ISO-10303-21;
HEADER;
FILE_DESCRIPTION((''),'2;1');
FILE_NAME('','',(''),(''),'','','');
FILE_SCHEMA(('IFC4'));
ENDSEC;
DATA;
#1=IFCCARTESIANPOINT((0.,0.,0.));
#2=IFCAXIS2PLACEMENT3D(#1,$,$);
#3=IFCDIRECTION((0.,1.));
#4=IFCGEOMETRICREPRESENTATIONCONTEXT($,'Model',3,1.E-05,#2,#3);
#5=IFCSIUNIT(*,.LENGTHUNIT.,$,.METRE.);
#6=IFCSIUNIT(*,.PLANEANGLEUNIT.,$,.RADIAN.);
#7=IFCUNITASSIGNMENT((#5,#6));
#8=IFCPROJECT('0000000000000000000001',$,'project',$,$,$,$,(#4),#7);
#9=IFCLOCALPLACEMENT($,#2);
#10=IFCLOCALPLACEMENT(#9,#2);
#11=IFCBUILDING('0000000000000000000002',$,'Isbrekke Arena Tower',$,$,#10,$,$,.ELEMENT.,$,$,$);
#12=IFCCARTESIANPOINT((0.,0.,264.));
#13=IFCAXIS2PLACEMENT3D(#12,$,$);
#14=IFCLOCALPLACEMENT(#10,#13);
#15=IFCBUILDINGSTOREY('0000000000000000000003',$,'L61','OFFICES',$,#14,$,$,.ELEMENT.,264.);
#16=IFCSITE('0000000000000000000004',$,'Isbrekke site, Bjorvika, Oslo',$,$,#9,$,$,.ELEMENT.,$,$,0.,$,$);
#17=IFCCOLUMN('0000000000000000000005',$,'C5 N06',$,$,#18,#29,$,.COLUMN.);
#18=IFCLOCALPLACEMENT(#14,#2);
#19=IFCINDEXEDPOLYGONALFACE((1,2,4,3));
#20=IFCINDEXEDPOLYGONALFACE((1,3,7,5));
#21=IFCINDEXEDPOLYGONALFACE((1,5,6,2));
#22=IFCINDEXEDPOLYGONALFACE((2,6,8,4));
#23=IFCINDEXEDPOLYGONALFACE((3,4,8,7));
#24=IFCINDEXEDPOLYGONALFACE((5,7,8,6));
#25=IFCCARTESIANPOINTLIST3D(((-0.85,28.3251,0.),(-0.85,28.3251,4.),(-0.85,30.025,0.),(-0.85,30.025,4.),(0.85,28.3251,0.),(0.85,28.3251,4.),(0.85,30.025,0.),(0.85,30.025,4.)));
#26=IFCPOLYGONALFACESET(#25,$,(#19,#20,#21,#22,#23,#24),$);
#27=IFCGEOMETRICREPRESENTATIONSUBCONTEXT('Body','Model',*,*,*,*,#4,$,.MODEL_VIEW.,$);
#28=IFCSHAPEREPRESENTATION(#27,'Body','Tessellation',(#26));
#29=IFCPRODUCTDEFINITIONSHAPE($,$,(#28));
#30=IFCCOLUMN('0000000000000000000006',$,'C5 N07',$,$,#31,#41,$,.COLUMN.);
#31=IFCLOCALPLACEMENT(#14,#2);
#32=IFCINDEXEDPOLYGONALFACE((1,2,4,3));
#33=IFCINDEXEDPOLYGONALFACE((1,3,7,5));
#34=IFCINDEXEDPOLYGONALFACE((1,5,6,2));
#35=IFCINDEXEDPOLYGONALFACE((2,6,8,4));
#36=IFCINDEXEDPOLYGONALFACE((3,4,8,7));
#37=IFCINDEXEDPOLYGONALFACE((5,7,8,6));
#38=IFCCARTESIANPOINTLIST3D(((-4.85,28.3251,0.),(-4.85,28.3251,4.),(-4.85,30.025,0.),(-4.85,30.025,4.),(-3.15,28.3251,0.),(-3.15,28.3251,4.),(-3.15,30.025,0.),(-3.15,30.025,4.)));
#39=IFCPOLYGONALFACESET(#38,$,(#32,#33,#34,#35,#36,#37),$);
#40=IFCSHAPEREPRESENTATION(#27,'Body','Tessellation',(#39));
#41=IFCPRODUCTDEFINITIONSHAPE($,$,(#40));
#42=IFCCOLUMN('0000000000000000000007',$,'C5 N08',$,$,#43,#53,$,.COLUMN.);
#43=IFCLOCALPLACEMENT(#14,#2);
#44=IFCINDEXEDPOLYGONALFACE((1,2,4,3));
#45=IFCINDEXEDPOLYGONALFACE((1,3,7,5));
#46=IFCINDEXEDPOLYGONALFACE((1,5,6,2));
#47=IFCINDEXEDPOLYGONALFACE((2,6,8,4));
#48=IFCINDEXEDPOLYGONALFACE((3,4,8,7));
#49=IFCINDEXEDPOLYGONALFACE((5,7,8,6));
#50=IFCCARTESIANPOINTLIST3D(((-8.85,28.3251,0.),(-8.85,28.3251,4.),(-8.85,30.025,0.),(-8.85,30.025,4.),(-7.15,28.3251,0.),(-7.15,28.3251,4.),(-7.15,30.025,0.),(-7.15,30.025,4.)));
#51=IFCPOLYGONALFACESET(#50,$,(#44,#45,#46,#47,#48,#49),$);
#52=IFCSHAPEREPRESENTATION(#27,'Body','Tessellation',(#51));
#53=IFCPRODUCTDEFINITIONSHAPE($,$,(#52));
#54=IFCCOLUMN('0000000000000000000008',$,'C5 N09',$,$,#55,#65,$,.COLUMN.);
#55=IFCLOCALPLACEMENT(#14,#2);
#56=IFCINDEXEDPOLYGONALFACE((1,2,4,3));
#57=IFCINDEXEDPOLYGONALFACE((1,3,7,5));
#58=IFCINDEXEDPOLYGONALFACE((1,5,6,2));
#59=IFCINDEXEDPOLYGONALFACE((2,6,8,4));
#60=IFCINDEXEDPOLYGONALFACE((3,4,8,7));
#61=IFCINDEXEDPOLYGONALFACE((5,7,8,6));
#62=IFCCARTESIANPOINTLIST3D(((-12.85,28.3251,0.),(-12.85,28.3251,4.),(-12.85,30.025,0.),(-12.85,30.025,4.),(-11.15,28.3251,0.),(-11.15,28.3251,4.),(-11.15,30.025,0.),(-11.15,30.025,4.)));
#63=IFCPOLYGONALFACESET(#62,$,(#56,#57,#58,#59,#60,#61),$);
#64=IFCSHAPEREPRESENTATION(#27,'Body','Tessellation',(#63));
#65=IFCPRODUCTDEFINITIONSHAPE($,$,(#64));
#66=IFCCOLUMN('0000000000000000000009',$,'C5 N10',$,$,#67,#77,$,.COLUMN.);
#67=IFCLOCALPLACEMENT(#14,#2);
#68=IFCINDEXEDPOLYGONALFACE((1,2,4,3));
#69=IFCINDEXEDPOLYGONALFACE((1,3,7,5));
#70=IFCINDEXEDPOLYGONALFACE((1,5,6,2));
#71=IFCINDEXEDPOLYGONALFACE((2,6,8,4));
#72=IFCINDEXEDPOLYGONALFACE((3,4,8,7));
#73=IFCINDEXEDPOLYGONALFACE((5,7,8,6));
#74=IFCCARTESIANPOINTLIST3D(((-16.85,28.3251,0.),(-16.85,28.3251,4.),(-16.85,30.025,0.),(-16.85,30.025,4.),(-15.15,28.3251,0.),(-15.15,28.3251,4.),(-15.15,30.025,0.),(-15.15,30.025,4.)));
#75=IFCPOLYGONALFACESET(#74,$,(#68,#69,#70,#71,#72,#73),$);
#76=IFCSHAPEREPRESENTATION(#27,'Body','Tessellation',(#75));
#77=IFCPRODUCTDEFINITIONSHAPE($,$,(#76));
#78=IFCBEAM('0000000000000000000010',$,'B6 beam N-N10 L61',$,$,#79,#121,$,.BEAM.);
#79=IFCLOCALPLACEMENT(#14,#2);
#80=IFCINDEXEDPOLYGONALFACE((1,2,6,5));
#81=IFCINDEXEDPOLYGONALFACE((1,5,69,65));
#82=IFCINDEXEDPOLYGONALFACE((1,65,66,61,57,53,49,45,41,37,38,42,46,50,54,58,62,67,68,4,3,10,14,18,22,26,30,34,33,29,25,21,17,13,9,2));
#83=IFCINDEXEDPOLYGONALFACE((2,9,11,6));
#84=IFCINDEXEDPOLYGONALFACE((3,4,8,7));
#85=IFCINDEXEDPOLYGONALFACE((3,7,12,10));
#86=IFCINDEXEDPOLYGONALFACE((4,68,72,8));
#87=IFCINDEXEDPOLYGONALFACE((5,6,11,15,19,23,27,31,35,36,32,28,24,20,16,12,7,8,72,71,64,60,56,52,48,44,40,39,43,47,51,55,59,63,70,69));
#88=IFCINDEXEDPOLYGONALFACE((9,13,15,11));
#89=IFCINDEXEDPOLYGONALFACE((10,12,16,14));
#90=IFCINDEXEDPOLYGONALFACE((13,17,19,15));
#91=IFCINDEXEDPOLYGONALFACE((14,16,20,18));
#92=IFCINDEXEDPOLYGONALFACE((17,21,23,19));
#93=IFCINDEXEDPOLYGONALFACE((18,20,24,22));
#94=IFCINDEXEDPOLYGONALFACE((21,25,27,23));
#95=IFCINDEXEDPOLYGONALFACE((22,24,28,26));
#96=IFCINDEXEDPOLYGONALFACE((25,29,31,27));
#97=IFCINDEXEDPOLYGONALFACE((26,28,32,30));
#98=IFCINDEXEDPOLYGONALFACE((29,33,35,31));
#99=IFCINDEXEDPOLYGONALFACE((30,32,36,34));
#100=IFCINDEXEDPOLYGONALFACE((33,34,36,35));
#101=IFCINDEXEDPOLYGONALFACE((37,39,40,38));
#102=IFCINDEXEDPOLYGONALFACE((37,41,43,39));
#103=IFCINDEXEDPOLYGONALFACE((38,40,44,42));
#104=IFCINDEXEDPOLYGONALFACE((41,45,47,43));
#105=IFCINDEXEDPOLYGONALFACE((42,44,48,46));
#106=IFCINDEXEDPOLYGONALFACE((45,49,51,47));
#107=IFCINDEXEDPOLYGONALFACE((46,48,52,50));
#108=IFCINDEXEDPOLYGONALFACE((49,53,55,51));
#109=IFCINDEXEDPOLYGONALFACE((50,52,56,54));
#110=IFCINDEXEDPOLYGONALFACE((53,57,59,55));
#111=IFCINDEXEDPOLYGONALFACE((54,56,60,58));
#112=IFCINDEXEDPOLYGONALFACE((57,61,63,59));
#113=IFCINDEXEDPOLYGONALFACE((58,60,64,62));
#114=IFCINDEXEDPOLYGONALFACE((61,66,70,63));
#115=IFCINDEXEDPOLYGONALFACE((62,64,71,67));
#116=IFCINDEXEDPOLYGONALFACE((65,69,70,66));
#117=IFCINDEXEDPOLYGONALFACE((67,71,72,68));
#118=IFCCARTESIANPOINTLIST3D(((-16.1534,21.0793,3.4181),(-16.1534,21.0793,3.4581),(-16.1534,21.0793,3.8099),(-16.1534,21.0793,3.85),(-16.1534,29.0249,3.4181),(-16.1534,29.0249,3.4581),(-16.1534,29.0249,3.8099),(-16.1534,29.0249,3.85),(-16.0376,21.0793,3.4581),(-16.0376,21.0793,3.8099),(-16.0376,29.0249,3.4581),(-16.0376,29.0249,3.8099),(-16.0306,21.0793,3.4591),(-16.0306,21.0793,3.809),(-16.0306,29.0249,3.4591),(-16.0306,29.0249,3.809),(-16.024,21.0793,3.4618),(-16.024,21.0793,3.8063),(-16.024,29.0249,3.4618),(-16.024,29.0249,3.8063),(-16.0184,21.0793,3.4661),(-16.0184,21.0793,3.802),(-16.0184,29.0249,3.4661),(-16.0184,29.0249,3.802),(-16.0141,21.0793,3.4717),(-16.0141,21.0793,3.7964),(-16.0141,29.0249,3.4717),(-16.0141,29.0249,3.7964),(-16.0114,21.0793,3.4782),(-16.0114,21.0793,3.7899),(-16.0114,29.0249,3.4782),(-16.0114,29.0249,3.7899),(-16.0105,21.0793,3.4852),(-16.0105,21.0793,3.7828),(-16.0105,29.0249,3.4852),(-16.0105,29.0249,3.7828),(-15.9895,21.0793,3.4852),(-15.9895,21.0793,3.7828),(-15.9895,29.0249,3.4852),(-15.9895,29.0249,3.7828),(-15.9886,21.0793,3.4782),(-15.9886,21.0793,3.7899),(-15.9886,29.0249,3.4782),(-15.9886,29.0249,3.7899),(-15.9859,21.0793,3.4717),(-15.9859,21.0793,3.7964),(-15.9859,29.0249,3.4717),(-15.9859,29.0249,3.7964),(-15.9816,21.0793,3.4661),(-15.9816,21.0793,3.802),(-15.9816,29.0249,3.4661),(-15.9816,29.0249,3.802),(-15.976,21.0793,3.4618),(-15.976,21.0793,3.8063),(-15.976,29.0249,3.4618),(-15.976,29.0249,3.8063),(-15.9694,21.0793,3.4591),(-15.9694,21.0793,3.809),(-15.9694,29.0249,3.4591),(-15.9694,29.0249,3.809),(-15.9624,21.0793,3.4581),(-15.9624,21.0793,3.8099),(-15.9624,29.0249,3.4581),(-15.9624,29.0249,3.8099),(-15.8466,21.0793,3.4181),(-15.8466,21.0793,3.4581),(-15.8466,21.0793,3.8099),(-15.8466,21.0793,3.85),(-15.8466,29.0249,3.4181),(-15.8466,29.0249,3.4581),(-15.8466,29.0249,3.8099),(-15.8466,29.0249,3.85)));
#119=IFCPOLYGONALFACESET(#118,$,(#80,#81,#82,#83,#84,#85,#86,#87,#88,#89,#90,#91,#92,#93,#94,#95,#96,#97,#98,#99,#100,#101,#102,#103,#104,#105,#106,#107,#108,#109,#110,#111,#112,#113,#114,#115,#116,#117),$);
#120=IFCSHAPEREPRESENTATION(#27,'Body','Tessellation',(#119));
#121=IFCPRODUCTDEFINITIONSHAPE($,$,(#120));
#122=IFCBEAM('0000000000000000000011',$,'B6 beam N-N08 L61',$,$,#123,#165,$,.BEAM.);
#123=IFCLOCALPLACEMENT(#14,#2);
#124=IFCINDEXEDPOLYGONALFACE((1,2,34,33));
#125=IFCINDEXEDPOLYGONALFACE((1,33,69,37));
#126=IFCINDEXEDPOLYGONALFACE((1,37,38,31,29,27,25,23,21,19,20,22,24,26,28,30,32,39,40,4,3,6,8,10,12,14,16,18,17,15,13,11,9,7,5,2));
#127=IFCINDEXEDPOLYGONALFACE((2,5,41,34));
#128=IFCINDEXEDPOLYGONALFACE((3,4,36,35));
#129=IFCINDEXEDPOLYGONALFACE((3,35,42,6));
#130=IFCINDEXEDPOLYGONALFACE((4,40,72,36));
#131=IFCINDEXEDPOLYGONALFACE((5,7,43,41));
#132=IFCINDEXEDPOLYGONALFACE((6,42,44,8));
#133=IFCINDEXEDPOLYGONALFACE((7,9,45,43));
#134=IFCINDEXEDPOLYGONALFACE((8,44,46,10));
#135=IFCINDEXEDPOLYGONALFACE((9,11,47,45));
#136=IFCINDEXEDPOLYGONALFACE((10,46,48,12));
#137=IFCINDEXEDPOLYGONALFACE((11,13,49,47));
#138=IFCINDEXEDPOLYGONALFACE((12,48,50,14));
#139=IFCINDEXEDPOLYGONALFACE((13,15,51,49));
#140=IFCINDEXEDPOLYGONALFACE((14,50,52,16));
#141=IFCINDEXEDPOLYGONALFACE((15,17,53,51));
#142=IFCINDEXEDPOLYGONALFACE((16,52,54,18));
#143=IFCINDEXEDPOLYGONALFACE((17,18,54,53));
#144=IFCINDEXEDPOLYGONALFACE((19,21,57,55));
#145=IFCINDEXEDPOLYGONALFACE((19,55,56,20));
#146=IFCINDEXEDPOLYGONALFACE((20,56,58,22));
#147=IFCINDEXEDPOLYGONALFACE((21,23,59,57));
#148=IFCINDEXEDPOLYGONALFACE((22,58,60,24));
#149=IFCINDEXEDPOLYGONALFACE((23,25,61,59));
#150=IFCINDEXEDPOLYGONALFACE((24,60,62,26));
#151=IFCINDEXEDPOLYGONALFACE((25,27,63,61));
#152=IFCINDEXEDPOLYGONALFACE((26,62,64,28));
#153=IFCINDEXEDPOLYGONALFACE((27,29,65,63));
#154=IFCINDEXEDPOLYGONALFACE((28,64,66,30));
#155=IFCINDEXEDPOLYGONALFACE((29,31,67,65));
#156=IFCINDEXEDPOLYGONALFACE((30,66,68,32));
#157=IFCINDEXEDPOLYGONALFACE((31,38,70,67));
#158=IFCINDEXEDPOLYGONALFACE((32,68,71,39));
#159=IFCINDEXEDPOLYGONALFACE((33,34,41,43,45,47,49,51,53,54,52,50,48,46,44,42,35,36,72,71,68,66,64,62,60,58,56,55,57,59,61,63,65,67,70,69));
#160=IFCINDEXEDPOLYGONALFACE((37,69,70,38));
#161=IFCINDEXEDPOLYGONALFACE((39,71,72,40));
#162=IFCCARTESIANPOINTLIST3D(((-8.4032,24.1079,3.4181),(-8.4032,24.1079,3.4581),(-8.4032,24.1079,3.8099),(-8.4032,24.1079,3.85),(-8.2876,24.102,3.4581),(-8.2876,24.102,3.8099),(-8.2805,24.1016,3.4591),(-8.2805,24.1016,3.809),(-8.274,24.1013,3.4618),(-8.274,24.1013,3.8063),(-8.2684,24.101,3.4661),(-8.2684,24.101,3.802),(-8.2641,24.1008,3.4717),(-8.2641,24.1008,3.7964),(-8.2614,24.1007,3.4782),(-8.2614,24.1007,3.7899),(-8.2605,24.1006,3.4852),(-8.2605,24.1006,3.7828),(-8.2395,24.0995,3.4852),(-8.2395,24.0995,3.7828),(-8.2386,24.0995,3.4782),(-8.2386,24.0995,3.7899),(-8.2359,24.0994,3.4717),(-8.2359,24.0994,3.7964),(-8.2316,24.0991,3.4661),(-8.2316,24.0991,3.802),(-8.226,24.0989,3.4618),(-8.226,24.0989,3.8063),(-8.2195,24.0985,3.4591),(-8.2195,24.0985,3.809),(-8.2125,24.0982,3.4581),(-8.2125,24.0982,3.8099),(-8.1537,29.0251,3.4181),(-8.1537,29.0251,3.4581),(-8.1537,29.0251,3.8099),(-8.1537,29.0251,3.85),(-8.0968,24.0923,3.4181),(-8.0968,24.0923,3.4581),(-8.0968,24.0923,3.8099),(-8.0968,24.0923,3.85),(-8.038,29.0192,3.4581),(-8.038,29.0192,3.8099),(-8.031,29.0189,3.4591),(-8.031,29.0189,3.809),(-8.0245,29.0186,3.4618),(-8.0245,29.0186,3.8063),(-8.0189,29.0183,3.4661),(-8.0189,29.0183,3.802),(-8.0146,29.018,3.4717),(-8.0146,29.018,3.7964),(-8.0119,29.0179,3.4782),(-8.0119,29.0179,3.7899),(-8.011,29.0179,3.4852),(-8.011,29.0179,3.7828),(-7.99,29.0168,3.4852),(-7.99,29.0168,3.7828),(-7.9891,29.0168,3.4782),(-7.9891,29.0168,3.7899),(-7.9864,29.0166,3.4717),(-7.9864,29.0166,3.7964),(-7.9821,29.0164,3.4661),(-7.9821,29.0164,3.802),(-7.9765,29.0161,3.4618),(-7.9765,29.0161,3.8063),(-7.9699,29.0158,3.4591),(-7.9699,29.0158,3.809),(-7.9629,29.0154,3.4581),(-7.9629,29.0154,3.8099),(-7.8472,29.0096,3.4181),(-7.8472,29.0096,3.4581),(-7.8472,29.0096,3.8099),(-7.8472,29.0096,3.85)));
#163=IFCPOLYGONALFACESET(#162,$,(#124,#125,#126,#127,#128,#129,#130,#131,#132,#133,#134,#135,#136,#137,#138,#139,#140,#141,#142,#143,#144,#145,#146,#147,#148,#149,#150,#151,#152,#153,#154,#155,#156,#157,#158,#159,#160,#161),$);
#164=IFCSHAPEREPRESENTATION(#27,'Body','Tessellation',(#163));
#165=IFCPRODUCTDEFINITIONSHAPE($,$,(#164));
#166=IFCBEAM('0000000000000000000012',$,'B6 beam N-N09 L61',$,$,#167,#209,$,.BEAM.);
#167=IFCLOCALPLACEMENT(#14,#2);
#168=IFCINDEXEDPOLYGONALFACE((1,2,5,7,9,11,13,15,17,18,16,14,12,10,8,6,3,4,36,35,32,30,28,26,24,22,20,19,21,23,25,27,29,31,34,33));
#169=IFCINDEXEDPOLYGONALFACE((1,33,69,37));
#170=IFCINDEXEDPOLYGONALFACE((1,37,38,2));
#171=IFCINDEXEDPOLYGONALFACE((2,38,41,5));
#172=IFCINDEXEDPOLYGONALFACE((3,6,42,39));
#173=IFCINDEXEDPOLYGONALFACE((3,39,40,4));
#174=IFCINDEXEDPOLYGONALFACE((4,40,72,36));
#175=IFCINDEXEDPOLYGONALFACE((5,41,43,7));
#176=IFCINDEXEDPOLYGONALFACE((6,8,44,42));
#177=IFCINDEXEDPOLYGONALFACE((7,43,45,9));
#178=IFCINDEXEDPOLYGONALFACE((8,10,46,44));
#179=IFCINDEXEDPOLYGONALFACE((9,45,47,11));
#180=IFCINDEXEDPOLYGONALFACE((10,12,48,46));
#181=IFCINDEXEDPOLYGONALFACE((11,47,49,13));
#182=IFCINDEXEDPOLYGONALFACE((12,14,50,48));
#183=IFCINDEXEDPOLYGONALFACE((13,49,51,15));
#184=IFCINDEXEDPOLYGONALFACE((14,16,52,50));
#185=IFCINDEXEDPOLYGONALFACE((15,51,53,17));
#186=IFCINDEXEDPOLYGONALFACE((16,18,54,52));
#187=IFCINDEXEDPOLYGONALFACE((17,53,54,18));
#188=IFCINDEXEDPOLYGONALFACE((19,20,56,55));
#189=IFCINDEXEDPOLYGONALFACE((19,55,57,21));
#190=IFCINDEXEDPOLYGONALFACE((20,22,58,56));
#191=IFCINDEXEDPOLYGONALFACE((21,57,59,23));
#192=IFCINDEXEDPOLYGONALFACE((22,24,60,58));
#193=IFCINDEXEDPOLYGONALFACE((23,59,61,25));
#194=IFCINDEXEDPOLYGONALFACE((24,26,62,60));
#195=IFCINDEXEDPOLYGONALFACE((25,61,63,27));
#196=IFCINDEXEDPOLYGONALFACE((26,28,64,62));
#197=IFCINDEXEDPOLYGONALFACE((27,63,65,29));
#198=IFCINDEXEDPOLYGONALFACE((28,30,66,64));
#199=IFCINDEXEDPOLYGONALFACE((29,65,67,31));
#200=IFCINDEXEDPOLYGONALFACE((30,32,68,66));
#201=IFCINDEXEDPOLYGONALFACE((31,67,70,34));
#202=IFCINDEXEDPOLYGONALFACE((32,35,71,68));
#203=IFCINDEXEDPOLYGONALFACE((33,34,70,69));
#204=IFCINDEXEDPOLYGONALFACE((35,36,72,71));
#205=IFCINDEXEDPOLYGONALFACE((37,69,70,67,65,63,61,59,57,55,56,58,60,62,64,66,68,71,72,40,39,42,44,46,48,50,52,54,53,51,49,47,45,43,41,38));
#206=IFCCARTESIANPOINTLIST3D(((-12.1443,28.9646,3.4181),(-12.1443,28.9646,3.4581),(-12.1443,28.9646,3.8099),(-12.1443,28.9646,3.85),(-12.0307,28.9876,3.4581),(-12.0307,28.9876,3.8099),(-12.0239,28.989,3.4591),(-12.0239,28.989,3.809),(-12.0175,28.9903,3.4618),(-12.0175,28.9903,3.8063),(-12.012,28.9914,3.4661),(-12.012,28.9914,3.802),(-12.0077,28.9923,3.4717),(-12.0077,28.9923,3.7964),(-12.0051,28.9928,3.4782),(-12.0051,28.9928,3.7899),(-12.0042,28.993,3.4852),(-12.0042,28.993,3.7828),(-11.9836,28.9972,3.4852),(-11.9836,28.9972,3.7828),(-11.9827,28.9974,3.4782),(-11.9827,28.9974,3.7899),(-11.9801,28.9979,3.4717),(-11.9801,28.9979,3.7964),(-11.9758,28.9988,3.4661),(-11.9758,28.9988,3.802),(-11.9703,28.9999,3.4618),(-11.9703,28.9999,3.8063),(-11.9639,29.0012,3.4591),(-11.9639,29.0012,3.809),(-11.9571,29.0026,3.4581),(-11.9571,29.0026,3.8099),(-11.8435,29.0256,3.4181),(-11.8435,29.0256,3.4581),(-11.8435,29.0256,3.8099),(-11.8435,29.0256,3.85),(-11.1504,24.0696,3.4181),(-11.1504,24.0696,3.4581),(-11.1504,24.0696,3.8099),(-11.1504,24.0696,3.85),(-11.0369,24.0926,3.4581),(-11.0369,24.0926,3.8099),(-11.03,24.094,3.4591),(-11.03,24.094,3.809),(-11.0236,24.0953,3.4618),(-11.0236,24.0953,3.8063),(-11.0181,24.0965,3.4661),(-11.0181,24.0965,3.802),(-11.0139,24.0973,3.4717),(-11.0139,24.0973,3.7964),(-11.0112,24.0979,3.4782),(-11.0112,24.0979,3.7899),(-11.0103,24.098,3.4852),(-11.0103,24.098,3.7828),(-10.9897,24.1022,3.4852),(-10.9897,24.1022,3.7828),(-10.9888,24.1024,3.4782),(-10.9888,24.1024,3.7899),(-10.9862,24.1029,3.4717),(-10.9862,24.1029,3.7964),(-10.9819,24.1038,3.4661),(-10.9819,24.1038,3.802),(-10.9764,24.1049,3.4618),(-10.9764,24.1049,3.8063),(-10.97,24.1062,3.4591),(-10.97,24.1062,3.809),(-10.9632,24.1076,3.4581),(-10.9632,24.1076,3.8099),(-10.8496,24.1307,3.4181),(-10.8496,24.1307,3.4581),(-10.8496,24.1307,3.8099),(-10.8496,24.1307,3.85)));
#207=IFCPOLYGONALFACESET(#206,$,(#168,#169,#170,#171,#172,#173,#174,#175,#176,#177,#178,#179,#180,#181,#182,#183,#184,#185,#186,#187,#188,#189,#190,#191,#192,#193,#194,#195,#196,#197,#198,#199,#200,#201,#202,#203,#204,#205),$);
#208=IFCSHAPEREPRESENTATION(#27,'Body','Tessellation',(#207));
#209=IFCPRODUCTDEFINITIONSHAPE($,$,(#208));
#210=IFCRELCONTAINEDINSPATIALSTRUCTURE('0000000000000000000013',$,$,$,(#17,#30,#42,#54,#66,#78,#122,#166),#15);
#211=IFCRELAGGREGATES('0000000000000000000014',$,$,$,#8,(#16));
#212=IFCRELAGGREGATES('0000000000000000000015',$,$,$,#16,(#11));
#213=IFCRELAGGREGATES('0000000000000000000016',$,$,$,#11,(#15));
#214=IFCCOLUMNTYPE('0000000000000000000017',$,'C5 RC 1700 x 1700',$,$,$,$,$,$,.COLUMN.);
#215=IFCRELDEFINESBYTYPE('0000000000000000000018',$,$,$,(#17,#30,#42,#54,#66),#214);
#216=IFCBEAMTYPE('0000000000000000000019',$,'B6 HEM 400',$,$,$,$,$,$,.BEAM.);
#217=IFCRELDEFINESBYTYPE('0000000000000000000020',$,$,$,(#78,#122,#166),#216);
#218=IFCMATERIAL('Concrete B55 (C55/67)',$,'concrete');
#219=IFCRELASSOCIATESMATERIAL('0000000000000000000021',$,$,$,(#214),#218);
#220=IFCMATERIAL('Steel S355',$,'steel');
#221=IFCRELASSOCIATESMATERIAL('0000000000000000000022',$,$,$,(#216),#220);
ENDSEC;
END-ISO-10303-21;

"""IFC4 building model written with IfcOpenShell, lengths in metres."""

from ifc_helpers import new_model, si_unit, direction, frame, origin, origin_2d, place, context, subcontext, project, spatial, rectangle, i_section, extrude, material, material_profile, profile_set, type_object, element, save


model = new_model("IFC4")

# Units and contexts
model_context = context("Model", 3, precision=1e-05, world=origin(), true_north=direction((0.0, 1.0)))
body_context = subcontext(model_context, "Body", "Model", "MODEL_VIEW")
ifc_project = project(units=[si_unit("LENGTHUNIT", "METRE"), si_unit("PLANEANGLEUNIT", "RADIAN")], contexts=[model_context])

# Site, building, storey
site_placement = place(None, origin())
site = spatial("IfcSite", under=ifc_project, at=site_placement, Name="Isbrekke site, Bjorvika, Oslo", CompositionType="ELEMENT", RefElevation=0.0)
building_placement = place(site_placement, origin())
building = spatial("IfcBuilding", under=site, at=building_placement, Name="Isbrekke Arena Tower", CompositionType="ELEMENT")
storey_placement = place(building_placement, frame((0.0, 0.0, 264.0)))
storey = spatial("IfcBuildingStorey", under=building, at=storey_placement, Name="L61", Description="OFFICES", CompositionType="ELEMENT", Elevation=264.0)

# Columns
ifc_material_1 = material(Name="Concrete B55 (C55/67)", Category="concrete")
ifc_material_profile_1 = material_profile(ifc_material_1, rectangle(XDim=1.7, YDim=1.7, at=origin_2d()), Name="RC 1700x1700")
ifc_profile_set_1 = profile_set([ifc_material_profile_1], Name="Concrete B55 (C55/67)")
column_type = type_object("IfcColumnType", Name="C5 RC 1700 x 1700", PredefinedType="COLUMN", material=ifc_profile_set_1)
for number, where, z_axis, x_axis, name in (
    (1, (0.0, 29.175, 0.0), (0.0, 0.0, 1.0), (-1.0, 0.0, 0.0), "C5 N06"),
    (2, (-4.0, 29.175, 0.0), (0.0, 0.0, 1.0), (-1.0, 0.0, 0.0), "C5 N07"),
    (3, (-8.0, 29.175, 0.0), (0.0, 0.0, 1.0), (-1.0, 0.0, 0.0), "C5 N08"),
    (4, (-12.0, 29.175, 0.0), (0.0, 0.0, 1.0), (-1.0, 0.0, 0.0), "C5 N09"),
    (5, (-16.0, 29.175, 0.0), (0.0, 0.0, 1.0), (-1.0, 0.0, 0.0), "C5 N10"),
):
    element("IfcColumn", number, at=place(storey_placement, frame(where, z_axis=z_axis, x_axis=x_axis)), inside=storey, type_object=column_type, Name=name, PredefinedType="COLUMN", context=body_context, shape_type="SweptSolid", body=[
        extrude(rectangle(XDim=1.7, YDim=1.7, at=origin_2d()), origin(), (0.0, 0.0, 1.0), 4.0),
    ])

# Beams
ifc_material_2 = material(Name="Steel S355", Category="steel")
ifc_material_profile_2 = material_profile(ifc_material_2, i_section(OverallWidth=0.3069, OverallDepth=0.4319, WebThickness=0.021, FlangeThickness=0.04, FilletRadius=0.0271, at=origin_2d()), Name="HEM 400")
ifc_profile_set_2 = profile_set([ifc_material_profile_2], Name="Steel S355")
beam_type_1 = type_object("IfcBeamType", Name="B6 HEM 400", PredefinedType="BEAM", material=ifc_profile_set_2)
beam_1_placement = place(storey_placement, frame((-16.0, 29.0249, 3.634), z_axis=(0.0, -1.0, 0.0), x_axis=(1.0, 0.0, 0.0)))
element("IfcBeam", 6, at=beam_1_placement, inside=storey, type_object=beam_type_1, Name="B6 beam N-N10 L61", PredefinedType="BEAM", context=body_context, shape_type="SweptSolid", body=[
    extrude(i_section(OverallWidth=0.3069, OverallDepth=0.4319, WebThickness=0.021, FlangeThickness=0.04, FilletRadius=0.0271, at=origin_2d()), origin(), (0.0, 0.0, 1.0), 7.9456),
])
beam_2_placement = place(storey_placement, frame((-8.0005, 29.0173, 3.634), z_axis=(-0.050677, -0.998715, 0.0), x_axis=(0.998715, -0.050677, 0.0)))
element("IfcBeam", 7, at=beam_2_placement, inside=storey, type_object=beam_type_1, Name="B6 beam N-N08 L61", PredefinedType="BEAM", context=body_context, shape_type="SweptSolid", body=[
    extrude(i_section(OverallWidth=0.3069, OverallDepth=0.4319, WebThickness=0.021, FlangeThickness=0.04, FilletRadius=0.0271, at=origin_2d()), origin(), (0.0, 0.0, 1.0), 4.9236),
])
beam_3_placement = place(storey_placement, frame((-11.9939, 28.9951, 3.634), z_axis=(0.198982, -0.980003, 0.0), x_axis=(0.980003, 0.198982, 0.0)))
element("IfcBeam", 8, at=beam_3_placement, inside=storey, type_object=beam_type_1, Name="B6 beam N-N09 L61", PredefinedType="BEAM", context=body_context, shape_type="SweptSolid", body=[
    extrude(i_section(OverallWidth=0.3069, OverallDepth=0.4319, WebThickness=0.021, FlangeThickness=0.04, FilletRadius=0.0271, at=origin_2d()), origin(), (0.0, 0.0, 1.0), 4.9949),
])

save(model, "model.ifc")
